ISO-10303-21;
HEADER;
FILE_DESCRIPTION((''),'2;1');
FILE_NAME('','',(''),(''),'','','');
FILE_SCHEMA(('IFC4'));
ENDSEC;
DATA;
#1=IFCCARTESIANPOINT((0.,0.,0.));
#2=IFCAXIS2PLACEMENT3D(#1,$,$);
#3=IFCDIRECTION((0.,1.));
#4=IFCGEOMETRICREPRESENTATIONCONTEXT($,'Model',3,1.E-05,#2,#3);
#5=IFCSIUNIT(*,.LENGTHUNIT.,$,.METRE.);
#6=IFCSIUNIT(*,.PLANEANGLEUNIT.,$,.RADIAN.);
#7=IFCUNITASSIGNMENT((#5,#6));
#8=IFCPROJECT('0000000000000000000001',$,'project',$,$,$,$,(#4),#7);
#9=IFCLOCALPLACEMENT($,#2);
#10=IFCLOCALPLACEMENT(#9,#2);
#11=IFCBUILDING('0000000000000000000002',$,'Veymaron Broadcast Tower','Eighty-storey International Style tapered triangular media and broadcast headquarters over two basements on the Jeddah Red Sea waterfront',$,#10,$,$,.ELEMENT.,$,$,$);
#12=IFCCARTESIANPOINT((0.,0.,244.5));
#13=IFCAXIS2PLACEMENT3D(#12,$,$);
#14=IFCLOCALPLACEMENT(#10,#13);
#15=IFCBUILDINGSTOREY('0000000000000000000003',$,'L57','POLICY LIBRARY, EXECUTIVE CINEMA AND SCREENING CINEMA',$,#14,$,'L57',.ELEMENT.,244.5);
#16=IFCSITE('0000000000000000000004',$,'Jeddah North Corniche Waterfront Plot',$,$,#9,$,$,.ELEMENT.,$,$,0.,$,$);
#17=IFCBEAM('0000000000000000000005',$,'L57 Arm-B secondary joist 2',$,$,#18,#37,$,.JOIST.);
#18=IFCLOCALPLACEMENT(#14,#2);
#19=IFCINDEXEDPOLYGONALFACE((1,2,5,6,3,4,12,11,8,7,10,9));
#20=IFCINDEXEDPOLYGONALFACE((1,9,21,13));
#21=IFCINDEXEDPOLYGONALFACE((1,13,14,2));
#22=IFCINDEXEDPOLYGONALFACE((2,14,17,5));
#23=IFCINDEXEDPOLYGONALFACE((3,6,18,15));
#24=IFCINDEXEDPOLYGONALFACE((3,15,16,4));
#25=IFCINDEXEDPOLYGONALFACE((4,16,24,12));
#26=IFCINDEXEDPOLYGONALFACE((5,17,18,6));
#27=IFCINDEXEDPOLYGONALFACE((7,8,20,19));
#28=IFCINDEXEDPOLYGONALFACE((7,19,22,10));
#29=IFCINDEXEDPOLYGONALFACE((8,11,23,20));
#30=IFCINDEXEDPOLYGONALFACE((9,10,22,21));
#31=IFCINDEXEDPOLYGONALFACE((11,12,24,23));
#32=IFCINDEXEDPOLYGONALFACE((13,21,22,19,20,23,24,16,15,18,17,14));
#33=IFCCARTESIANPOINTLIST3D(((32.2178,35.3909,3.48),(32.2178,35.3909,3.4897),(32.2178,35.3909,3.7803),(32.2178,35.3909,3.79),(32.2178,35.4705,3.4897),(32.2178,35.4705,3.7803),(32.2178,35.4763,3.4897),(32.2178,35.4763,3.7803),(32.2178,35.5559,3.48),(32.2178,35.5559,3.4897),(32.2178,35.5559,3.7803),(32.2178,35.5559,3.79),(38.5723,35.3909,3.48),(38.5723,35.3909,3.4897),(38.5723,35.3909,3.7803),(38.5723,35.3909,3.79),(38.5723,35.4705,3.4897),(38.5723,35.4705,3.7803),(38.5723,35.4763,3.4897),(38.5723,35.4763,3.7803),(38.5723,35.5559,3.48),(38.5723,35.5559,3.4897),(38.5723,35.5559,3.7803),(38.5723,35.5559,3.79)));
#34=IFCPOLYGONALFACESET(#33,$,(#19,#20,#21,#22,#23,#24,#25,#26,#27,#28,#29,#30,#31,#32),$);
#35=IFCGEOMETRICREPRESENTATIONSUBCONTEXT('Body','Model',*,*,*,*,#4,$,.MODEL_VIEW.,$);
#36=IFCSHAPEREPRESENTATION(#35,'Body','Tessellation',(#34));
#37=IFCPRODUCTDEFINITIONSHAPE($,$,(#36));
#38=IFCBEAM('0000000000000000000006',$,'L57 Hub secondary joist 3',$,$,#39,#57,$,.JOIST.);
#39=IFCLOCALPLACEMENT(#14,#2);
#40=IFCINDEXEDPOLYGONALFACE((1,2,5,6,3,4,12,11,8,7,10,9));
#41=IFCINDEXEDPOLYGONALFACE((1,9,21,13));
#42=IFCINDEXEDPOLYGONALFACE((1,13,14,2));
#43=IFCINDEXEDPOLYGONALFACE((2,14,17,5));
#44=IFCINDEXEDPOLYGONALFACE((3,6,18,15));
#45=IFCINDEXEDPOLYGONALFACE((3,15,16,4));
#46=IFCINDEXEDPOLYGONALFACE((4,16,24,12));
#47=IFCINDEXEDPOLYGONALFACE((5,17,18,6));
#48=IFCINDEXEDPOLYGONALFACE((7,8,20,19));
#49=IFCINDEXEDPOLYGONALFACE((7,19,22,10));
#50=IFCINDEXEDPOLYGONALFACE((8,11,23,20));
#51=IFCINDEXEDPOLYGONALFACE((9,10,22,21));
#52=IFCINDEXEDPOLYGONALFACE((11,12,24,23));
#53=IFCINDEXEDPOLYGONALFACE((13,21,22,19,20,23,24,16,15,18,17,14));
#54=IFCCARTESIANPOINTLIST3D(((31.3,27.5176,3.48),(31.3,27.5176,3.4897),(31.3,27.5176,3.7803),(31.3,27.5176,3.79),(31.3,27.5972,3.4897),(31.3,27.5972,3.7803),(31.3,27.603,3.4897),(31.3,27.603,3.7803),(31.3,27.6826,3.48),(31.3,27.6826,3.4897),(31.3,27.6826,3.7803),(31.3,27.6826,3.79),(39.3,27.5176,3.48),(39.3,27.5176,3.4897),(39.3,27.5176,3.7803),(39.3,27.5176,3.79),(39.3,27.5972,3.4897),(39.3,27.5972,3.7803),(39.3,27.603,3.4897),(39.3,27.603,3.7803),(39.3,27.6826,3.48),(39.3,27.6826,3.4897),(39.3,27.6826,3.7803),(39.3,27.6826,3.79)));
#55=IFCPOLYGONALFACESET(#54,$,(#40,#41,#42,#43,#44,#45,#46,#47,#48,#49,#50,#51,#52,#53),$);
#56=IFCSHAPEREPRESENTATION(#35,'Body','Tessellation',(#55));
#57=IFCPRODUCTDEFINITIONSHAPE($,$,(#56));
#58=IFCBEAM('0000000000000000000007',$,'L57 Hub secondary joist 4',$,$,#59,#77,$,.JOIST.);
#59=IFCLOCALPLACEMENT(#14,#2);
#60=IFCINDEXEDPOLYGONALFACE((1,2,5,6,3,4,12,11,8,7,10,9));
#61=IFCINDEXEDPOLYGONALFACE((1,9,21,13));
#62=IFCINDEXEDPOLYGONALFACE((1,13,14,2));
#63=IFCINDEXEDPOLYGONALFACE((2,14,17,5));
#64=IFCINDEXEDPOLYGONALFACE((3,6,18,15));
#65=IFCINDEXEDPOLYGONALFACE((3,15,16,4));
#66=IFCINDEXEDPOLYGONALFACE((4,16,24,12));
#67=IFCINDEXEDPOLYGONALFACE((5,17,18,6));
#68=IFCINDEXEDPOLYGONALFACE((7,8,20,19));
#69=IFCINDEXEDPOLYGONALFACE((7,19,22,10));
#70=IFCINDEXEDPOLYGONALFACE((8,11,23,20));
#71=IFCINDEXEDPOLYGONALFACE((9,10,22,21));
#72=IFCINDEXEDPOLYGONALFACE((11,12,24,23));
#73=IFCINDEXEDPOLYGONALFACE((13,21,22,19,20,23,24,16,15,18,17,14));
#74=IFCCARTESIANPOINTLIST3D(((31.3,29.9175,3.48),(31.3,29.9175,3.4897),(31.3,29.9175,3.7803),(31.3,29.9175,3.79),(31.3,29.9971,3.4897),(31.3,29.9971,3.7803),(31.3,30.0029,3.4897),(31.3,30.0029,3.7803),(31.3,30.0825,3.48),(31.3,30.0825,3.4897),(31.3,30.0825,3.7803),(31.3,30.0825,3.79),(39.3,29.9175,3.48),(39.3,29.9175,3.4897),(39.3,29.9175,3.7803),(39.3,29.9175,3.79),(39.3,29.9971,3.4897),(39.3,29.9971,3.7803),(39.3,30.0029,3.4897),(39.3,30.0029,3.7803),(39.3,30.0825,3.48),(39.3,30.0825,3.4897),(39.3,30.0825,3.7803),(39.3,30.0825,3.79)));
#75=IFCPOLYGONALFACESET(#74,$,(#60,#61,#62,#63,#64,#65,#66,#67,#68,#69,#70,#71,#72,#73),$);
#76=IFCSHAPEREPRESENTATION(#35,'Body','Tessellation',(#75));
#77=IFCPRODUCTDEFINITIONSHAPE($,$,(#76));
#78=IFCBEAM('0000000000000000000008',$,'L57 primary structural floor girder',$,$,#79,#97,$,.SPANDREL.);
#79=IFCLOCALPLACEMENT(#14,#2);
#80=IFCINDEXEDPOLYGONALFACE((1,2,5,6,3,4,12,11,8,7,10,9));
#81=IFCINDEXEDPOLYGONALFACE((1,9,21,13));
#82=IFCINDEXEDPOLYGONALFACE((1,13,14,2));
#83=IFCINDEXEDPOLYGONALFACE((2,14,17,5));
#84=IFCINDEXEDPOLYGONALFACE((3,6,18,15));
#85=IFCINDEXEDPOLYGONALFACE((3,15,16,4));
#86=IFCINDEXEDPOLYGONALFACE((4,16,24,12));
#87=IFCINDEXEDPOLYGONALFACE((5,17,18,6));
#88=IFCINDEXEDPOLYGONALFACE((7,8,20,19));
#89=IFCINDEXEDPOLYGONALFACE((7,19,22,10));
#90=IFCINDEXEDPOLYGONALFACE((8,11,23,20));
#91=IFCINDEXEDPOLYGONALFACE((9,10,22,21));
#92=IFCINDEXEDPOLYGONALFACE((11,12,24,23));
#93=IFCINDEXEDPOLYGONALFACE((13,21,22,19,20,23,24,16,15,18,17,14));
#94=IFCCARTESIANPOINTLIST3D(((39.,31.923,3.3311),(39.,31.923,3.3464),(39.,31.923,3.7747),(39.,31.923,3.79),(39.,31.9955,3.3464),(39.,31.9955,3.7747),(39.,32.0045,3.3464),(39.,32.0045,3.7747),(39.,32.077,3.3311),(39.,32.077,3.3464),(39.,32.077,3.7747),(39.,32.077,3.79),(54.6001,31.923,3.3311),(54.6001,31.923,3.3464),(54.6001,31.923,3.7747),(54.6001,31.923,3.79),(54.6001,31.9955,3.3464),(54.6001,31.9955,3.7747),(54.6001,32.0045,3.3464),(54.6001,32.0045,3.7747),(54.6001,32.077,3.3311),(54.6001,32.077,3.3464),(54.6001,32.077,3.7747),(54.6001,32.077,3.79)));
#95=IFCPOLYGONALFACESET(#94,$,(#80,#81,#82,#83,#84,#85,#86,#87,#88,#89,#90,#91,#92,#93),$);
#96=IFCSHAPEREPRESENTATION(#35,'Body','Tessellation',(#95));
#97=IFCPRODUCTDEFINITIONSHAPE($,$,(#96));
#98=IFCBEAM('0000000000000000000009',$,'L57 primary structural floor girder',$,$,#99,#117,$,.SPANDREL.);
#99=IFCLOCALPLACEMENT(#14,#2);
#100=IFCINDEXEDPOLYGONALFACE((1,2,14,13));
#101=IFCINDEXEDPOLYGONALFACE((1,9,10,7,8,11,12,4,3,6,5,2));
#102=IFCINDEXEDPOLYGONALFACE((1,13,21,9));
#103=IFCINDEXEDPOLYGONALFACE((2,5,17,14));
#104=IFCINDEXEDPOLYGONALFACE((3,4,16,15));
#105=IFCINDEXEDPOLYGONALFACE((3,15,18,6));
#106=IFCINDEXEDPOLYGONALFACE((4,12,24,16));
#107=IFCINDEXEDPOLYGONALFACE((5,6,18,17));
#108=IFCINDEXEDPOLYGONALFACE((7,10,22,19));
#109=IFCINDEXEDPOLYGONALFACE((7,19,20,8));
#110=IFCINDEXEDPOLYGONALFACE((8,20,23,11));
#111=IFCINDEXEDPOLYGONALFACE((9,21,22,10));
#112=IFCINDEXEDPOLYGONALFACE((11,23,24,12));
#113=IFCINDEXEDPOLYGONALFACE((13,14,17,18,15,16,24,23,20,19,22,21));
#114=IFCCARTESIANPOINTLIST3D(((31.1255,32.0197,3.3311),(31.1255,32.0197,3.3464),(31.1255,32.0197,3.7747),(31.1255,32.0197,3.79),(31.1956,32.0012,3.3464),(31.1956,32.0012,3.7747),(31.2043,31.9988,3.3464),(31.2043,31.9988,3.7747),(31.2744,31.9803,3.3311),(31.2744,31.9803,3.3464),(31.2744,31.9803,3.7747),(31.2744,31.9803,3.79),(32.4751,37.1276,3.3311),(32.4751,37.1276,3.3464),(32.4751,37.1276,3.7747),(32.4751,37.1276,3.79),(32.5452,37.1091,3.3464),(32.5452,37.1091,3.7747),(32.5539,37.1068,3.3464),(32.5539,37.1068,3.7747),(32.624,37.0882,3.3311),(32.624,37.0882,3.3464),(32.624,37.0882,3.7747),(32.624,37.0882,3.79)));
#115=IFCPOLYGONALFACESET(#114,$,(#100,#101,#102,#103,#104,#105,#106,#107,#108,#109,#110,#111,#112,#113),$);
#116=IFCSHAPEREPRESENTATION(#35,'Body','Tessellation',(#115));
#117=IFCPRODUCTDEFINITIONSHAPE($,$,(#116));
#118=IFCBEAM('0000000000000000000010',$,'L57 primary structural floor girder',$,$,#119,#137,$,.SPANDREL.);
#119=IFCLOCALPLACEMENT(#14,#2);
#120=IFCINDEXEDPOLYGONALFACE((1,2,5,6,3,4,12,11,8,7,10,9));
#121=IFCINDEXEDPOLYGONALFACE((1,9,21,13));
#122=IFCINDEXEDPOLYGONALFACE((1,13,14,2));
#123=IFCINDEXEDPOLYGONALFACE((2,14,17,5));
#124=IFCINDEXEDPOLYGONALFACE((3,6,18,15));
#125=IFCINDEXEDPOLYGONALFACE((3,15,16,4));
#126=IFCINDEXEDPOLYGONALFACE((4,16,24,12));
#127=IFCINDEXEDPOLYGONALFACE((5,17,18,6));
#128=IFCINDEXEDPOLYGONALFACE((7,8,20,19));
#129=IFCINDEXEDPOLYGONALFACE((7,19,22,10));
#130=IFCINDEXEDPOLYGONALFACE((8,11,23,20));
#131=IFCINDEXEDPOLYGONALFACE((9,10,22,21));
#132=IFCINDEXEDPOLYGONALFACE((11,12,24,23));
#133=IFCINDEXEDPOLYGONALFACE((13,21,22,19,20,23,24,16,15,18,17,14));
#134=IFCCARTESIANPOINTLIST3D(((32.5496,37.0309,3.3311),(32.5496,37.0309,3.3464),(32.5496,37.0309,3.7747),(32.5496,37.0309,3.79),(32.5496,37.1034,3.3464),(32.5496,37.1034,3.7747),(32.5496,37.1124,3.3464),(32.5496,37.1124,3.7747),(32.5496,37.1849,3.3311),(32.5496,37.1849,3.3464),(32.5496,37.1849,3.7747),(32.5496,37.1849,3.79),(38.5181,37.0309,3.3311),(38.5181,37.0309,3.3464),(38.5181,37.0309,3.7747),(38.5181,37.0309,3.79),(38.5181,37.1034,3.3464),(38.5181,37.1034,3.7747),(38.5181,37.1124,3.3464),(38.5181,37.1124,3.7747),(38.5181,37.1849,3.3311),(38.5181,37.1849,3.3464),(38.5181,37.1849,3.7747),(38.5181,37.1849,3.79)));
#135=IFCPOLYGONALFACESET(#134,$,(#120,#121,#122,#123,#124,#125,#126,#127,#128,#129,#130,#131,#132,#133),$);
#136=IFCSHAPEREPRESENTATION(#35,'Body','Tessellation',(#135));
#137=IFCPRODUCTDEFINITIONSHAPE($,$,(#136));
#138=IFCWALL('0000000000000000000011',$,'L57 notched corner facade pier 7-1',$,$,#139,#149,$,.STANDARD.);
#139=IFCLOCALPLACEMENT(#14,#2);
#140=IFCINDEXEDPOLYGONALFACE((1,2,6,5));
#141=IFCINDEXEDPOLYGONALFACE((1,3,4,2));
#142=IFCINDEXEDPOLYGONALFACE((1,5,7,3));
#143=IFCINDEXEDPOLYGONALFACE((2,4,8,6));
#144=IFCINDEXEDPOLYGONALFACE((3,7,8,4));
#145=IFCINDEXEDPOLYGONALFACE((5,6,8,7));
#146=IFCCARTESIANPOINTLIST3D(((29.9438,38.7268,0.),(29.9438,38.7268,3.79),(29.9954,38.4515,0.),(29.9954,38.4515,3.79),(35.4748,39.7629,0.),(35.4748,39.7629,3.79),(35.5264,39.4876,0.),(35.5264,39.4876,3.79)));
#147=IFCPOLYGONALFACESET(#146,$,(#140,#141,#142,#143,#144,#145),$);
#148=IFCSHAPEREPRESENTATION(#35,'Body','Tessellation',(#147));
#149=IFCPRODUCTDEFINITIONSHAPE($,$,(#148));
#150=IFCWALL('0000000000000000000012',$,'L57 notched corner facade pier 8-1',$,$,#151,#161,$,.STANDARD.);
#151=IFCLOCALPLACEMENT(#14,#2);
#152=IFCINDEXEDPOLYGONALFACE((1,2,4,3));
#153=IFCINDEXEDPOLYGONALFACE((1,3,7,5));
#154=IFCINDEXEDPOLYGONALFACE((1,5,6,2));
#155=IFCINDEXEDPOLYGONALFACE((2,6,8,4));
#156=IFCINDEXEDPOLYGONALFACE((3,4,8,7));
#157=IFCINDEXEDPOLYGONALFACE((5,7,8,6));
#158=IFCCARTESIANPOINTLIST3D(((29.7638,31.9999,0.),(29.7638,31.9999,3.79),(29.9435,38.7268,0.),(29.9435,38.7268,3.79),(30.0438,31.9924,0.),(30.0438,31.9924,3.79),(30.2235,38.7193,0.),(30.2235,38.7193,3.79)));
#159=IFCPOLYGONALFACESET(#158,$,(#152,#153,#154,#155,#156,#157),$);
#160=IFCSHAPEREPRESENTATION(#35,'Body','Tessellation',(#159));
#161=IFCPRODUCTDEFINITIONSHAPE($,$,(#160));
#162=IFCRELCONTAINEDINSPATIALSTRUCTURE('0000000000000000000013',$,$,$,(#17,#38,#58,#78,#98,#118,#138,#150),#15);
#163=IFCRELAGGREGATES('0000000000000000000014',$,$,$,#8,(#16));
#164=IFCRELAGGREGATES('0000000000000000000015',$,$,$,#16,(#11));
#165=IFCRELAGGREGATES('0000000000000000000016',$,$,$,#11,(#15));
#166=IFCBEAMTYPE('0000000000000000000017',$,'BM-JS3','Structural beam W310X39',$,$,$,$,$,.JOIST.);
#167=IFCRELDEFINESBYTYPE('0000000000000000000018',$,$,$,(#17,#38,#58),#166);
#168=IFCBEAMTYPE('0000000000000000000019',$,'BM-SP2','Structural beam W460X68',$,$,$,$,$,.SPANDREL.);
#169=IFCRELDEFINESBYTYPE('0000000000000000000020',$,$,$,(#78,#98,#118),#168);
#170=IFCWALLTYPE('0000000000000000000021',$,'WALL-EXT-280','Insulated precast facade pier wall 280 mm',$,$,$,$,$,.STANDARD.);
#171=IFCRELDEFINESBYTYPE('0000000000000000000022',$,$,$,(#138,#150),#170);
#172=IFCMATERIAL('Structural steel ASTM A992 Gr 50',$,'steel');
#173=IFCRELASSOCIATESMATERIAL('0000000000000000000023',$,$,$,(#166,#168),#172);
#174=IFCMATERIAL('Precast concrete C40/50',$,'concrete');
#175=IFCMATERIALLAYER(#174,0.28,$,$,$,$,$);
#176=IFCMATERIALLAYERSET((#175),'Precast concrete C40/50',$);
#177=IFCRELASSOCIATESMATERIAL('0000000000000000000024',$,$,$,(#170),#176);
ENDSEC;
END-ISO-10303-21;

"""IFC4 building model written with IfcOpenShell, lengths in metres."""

from ifc_helpers import new_model, si_unit, direction, frame, frame_2d, origin, origin_2d, place, context, subcontext, project, spatial, rectangle, i_section, extrude, material, layer, layer_set, material_profile, profile_set, type_object, element, save


model = new_model("IFC4")

# Units and contexts
model_context = context("Model", 3, precision=1e-05, world=origin(), true_north=direction((0.0, 1.0)))
body_context = subcontext(model_context, "Body", "Model", "MODEL_VIEW")
ifc_project = project(units=[si_unit("LENGTHUNIT", "METRE"), si_unit("PLANEANGLEUNIT", "RADIAN")], contexts=[model_context])

# Site, building, storey
site_placement = place(None, origin())
site = spatial("IfcSite", under=ifc_project, at=site_placement, Name="Jeddah North Corniche Waterfront Plot", CompositionType="ELEMENT", RefElevation=0.0)
building_placement = place(site_placement, origin())
building = spatial("IfcBuilding", under=site, at=building_placement, Name="Veymaron Broadcast Tower", Description="Eighty-storey International Style tapered triangular media and broadcast headquarters over two basements on the Jeddah Red Sea waterfront", CompositionType="ELEMENT")
storey_placement = place(building_placement, frame((0.0, 0.0, 244.5)))
storey = spatial("IfcBuildingStorey", under=building, at=storey_placement, Name="L57", Description="POLICY LIBRARY, EXECUTIVE CINEMA AND SCREENING CINEMA", LongName="L57", CompositionType="ELEMENT", Elevation=244.5)

# Shared definitions
ifc_material_1 = material(Name="Structural steel ASTM A992 Gr 50", Category="steel")

# Beams
ifc_material_profile_1 = material_profile(ifc_material_1, i_section(OverallWidth=0.165, OverallDepth=0.3101, WebThickness=0.0059, FlangeThickness=0.0098, at=origin_2d()), Name="W310X39")
ifc_profile_set_1 = profile_set([ifc_material_profile_1], Name="Structural steel ASTM A992 Gr 50")
beam_type_1 = type_object("IfcBeamType", Name="BM-JS3", Description="Structural beam W310X39", PredefinedType="JOIST", material=ifc_profile_set_1)
beam_1_placement = place(storey_placement, frame((32.2178, 35.4734, 3.635), z_axis=(1.0, 0.0, 0.0), x_axis=(0.0, 1.0, 0.0)))
element("IfcBeam", 1, at=beam_1_placement, inside=storey, type_object=beam_type_1, Name="L57 Arm-B secondary joist 2", PredefinedType="JOIST", context=body_context, shape_type="SweptSolid", body=[
    extrude(i_section(OverallWidth=0.165, OverallDepth=0.3101, WebThickness=0.0059, FlangeThickness=0.0098, at=origin_2d()), origin(), (0.0, 0.0, 1.0), 6.3545),
])
for number, where, z_axis, x_axis, name in (
    (2, (31.3, 27.6001, 3.635), (1.0, 0.0, 0.0), (0.0, 1.0, 0.0), "L57 Hub secondary joist 3"),
    (3, (31.3, 30.0, 3.635), (1.0, 0.0, 0.0), (0.0, 1.0, 0.0), "L57 Hub secondary joist 4"),
):
    element("IfcBeam", number, at=place(storey_placement, frame(where, z_axis=z_axis, x_axis=x_axis)), inside=storey, type_object=beam_type_1, Name=name, PredefinedType="JOIST", context=body_context, shape_type="SweptSolid", body=[
        extrude(i_section(OverallWidth=0.165, OverallDepth=0.3101, WebThickness=0.0059, FlangeThickness=0.0098, at=origin_2d()), origin(), (0.0, 0.0, 1.0), 8.0),
    ])
ifc_material_profile_2 = material_profile(ifc_material_1, i_section(OverallWidth=0.1541, OverallDepth=0.459, WebThickness=0.009, FlangeThickness=0.0154, at=origin_2d()), Name="W460X68")
ifc_profile_set_2 = profile_set([ifc_material_profile_2], Name="Structural steel ASTM A992 Gr 50")
beam_type_2 = type_object("IfcBeamType", Name="BM-SP2", Description="Structural beam W460X68", PredefinedType="SPANDREL", material=ifc_profile_set_2)
beam_2_placement = place(storey_placement, frame((39.0, 32.0, 3.5605), z_axis=(1.0, 0.0, 0.0), x_axis=(0.0, 1.0, 0.0)))
element("IfcBeam", 4, at=beam_2_placement, inside=storey, type_object=beam_type_2, Name="L57 primary structural floor girder", PredefinedType="SPANDREL", context=body_context, shape_type="SweptSolid", body=[
    extrude(i_section(OverallWidth=0.1541, OverallDepth=0.459, WebThickness=0.009, FlangeThickness=0.0154, at=origin_2d()), origin(), (0.0, 0.0, 1.0), 15.6001),
])
beam_3_placement = place(storey_placement, frame((31.2, 32.0, 3.5605), z_axis=(0.255453, 0.966821, 0.0), x_axis=(-0.966821, 0.255453, 0.0)))
element("IfcBeam", 5, at=beam_3_placement, inside=storey, type_object=beam_type_2, Name="L57 primary structural floor girder", PredefinedType="SPANDREL", context=body_context, shape_type="SweptSolid", body=[
    extrude(i_section(OverallWidth=0.1541, OverallDepth=0.459, WebThickness=0.009, FlangeThickness=0.0154, at=origin_2d()), origin(), (0.0, 0.0, 1.0), 5.2832),
])
beam_4_placement = place(storey_placement, frame((32.5496, 37.1079, 3.5605), z_axis=(1.0, 0.0, 0.0), x_axis=(0.0, 1.0, 0.0)))
element("IfcBeam", 6, at=beam_4_placement, inside=storey, type_object=beam_type_2, Name="L57 primary structural floor girder", PredefinedType="SPANDREL", context=body_context, shape_type="SweptSolid", body=[
    extrude(i_section(OverallWidth=0.1541, OverallDepth=0.459, WebThickness=0.009, FlangeThickness=0.0154, at=origin_2d()), origin(), (0.0, 0.0, 1.0), 5.9685),
])

# Walls
ifc_material_2 = material(Name="Precast concrete C40/50", Category="concrete")
ifc_layer_1 = layer(ifc_material_2, 0.28)
ifc_layer_set_1 = layer_set([ifc_layer_1], Name="Precast concrete C40/50")
wall_type_1 = type_object("IfcWallType", Name="WALL-EXT-280", Description="Insulated precast facade pier wall 280 mm", PredefinedType="STANDARD", material=ifc_layer_set_1)
wall_1_placement = place(storey_placement, frame((35.5005, 39.6252, 0.0), z_axis=(0.0, 0.0, 1.0), x_axis=(-0.982902, -0.184129, 0.0)))
element("IfcWall", 7, at=wall_1_placement, inside=storey, type_object=wall_type_1, Name="L57 notched corner facade pier 7-1", PredefinedType="STANDARD", context=body_context, shape_type="SweptSolid", body=[
    extrude(rectangle(XDim=5.6272, YDim=0.28, at=frame_2d((2.8135, 0.0))), origin(), (0.0, 0.0, 1.0), 3.79),
])
wall_2_placement = place(storey_placement, frame((30.0835, 38.7231, 0.0), z_axis=(0.0, 0.0, 1.0), x_axis=(-0.026703, -0.999643, 0.0)))
element("IfcWall", 8, at=wall_2_placement, inside=storey, type_object=wall_type_1, Name="L57 notched corner facade pier 8-1", PredefinedType="STANDARD", context=body_context, shape_type="SweptSolid", body=[
    extrude(rectangle(XDim=6.7292, YDim=0.28, at=frame_2d((3.3647, 0.0))), origin(), (0.0, 0.0, 1.0), 3.79),
])

save(model, "model.ifc")
